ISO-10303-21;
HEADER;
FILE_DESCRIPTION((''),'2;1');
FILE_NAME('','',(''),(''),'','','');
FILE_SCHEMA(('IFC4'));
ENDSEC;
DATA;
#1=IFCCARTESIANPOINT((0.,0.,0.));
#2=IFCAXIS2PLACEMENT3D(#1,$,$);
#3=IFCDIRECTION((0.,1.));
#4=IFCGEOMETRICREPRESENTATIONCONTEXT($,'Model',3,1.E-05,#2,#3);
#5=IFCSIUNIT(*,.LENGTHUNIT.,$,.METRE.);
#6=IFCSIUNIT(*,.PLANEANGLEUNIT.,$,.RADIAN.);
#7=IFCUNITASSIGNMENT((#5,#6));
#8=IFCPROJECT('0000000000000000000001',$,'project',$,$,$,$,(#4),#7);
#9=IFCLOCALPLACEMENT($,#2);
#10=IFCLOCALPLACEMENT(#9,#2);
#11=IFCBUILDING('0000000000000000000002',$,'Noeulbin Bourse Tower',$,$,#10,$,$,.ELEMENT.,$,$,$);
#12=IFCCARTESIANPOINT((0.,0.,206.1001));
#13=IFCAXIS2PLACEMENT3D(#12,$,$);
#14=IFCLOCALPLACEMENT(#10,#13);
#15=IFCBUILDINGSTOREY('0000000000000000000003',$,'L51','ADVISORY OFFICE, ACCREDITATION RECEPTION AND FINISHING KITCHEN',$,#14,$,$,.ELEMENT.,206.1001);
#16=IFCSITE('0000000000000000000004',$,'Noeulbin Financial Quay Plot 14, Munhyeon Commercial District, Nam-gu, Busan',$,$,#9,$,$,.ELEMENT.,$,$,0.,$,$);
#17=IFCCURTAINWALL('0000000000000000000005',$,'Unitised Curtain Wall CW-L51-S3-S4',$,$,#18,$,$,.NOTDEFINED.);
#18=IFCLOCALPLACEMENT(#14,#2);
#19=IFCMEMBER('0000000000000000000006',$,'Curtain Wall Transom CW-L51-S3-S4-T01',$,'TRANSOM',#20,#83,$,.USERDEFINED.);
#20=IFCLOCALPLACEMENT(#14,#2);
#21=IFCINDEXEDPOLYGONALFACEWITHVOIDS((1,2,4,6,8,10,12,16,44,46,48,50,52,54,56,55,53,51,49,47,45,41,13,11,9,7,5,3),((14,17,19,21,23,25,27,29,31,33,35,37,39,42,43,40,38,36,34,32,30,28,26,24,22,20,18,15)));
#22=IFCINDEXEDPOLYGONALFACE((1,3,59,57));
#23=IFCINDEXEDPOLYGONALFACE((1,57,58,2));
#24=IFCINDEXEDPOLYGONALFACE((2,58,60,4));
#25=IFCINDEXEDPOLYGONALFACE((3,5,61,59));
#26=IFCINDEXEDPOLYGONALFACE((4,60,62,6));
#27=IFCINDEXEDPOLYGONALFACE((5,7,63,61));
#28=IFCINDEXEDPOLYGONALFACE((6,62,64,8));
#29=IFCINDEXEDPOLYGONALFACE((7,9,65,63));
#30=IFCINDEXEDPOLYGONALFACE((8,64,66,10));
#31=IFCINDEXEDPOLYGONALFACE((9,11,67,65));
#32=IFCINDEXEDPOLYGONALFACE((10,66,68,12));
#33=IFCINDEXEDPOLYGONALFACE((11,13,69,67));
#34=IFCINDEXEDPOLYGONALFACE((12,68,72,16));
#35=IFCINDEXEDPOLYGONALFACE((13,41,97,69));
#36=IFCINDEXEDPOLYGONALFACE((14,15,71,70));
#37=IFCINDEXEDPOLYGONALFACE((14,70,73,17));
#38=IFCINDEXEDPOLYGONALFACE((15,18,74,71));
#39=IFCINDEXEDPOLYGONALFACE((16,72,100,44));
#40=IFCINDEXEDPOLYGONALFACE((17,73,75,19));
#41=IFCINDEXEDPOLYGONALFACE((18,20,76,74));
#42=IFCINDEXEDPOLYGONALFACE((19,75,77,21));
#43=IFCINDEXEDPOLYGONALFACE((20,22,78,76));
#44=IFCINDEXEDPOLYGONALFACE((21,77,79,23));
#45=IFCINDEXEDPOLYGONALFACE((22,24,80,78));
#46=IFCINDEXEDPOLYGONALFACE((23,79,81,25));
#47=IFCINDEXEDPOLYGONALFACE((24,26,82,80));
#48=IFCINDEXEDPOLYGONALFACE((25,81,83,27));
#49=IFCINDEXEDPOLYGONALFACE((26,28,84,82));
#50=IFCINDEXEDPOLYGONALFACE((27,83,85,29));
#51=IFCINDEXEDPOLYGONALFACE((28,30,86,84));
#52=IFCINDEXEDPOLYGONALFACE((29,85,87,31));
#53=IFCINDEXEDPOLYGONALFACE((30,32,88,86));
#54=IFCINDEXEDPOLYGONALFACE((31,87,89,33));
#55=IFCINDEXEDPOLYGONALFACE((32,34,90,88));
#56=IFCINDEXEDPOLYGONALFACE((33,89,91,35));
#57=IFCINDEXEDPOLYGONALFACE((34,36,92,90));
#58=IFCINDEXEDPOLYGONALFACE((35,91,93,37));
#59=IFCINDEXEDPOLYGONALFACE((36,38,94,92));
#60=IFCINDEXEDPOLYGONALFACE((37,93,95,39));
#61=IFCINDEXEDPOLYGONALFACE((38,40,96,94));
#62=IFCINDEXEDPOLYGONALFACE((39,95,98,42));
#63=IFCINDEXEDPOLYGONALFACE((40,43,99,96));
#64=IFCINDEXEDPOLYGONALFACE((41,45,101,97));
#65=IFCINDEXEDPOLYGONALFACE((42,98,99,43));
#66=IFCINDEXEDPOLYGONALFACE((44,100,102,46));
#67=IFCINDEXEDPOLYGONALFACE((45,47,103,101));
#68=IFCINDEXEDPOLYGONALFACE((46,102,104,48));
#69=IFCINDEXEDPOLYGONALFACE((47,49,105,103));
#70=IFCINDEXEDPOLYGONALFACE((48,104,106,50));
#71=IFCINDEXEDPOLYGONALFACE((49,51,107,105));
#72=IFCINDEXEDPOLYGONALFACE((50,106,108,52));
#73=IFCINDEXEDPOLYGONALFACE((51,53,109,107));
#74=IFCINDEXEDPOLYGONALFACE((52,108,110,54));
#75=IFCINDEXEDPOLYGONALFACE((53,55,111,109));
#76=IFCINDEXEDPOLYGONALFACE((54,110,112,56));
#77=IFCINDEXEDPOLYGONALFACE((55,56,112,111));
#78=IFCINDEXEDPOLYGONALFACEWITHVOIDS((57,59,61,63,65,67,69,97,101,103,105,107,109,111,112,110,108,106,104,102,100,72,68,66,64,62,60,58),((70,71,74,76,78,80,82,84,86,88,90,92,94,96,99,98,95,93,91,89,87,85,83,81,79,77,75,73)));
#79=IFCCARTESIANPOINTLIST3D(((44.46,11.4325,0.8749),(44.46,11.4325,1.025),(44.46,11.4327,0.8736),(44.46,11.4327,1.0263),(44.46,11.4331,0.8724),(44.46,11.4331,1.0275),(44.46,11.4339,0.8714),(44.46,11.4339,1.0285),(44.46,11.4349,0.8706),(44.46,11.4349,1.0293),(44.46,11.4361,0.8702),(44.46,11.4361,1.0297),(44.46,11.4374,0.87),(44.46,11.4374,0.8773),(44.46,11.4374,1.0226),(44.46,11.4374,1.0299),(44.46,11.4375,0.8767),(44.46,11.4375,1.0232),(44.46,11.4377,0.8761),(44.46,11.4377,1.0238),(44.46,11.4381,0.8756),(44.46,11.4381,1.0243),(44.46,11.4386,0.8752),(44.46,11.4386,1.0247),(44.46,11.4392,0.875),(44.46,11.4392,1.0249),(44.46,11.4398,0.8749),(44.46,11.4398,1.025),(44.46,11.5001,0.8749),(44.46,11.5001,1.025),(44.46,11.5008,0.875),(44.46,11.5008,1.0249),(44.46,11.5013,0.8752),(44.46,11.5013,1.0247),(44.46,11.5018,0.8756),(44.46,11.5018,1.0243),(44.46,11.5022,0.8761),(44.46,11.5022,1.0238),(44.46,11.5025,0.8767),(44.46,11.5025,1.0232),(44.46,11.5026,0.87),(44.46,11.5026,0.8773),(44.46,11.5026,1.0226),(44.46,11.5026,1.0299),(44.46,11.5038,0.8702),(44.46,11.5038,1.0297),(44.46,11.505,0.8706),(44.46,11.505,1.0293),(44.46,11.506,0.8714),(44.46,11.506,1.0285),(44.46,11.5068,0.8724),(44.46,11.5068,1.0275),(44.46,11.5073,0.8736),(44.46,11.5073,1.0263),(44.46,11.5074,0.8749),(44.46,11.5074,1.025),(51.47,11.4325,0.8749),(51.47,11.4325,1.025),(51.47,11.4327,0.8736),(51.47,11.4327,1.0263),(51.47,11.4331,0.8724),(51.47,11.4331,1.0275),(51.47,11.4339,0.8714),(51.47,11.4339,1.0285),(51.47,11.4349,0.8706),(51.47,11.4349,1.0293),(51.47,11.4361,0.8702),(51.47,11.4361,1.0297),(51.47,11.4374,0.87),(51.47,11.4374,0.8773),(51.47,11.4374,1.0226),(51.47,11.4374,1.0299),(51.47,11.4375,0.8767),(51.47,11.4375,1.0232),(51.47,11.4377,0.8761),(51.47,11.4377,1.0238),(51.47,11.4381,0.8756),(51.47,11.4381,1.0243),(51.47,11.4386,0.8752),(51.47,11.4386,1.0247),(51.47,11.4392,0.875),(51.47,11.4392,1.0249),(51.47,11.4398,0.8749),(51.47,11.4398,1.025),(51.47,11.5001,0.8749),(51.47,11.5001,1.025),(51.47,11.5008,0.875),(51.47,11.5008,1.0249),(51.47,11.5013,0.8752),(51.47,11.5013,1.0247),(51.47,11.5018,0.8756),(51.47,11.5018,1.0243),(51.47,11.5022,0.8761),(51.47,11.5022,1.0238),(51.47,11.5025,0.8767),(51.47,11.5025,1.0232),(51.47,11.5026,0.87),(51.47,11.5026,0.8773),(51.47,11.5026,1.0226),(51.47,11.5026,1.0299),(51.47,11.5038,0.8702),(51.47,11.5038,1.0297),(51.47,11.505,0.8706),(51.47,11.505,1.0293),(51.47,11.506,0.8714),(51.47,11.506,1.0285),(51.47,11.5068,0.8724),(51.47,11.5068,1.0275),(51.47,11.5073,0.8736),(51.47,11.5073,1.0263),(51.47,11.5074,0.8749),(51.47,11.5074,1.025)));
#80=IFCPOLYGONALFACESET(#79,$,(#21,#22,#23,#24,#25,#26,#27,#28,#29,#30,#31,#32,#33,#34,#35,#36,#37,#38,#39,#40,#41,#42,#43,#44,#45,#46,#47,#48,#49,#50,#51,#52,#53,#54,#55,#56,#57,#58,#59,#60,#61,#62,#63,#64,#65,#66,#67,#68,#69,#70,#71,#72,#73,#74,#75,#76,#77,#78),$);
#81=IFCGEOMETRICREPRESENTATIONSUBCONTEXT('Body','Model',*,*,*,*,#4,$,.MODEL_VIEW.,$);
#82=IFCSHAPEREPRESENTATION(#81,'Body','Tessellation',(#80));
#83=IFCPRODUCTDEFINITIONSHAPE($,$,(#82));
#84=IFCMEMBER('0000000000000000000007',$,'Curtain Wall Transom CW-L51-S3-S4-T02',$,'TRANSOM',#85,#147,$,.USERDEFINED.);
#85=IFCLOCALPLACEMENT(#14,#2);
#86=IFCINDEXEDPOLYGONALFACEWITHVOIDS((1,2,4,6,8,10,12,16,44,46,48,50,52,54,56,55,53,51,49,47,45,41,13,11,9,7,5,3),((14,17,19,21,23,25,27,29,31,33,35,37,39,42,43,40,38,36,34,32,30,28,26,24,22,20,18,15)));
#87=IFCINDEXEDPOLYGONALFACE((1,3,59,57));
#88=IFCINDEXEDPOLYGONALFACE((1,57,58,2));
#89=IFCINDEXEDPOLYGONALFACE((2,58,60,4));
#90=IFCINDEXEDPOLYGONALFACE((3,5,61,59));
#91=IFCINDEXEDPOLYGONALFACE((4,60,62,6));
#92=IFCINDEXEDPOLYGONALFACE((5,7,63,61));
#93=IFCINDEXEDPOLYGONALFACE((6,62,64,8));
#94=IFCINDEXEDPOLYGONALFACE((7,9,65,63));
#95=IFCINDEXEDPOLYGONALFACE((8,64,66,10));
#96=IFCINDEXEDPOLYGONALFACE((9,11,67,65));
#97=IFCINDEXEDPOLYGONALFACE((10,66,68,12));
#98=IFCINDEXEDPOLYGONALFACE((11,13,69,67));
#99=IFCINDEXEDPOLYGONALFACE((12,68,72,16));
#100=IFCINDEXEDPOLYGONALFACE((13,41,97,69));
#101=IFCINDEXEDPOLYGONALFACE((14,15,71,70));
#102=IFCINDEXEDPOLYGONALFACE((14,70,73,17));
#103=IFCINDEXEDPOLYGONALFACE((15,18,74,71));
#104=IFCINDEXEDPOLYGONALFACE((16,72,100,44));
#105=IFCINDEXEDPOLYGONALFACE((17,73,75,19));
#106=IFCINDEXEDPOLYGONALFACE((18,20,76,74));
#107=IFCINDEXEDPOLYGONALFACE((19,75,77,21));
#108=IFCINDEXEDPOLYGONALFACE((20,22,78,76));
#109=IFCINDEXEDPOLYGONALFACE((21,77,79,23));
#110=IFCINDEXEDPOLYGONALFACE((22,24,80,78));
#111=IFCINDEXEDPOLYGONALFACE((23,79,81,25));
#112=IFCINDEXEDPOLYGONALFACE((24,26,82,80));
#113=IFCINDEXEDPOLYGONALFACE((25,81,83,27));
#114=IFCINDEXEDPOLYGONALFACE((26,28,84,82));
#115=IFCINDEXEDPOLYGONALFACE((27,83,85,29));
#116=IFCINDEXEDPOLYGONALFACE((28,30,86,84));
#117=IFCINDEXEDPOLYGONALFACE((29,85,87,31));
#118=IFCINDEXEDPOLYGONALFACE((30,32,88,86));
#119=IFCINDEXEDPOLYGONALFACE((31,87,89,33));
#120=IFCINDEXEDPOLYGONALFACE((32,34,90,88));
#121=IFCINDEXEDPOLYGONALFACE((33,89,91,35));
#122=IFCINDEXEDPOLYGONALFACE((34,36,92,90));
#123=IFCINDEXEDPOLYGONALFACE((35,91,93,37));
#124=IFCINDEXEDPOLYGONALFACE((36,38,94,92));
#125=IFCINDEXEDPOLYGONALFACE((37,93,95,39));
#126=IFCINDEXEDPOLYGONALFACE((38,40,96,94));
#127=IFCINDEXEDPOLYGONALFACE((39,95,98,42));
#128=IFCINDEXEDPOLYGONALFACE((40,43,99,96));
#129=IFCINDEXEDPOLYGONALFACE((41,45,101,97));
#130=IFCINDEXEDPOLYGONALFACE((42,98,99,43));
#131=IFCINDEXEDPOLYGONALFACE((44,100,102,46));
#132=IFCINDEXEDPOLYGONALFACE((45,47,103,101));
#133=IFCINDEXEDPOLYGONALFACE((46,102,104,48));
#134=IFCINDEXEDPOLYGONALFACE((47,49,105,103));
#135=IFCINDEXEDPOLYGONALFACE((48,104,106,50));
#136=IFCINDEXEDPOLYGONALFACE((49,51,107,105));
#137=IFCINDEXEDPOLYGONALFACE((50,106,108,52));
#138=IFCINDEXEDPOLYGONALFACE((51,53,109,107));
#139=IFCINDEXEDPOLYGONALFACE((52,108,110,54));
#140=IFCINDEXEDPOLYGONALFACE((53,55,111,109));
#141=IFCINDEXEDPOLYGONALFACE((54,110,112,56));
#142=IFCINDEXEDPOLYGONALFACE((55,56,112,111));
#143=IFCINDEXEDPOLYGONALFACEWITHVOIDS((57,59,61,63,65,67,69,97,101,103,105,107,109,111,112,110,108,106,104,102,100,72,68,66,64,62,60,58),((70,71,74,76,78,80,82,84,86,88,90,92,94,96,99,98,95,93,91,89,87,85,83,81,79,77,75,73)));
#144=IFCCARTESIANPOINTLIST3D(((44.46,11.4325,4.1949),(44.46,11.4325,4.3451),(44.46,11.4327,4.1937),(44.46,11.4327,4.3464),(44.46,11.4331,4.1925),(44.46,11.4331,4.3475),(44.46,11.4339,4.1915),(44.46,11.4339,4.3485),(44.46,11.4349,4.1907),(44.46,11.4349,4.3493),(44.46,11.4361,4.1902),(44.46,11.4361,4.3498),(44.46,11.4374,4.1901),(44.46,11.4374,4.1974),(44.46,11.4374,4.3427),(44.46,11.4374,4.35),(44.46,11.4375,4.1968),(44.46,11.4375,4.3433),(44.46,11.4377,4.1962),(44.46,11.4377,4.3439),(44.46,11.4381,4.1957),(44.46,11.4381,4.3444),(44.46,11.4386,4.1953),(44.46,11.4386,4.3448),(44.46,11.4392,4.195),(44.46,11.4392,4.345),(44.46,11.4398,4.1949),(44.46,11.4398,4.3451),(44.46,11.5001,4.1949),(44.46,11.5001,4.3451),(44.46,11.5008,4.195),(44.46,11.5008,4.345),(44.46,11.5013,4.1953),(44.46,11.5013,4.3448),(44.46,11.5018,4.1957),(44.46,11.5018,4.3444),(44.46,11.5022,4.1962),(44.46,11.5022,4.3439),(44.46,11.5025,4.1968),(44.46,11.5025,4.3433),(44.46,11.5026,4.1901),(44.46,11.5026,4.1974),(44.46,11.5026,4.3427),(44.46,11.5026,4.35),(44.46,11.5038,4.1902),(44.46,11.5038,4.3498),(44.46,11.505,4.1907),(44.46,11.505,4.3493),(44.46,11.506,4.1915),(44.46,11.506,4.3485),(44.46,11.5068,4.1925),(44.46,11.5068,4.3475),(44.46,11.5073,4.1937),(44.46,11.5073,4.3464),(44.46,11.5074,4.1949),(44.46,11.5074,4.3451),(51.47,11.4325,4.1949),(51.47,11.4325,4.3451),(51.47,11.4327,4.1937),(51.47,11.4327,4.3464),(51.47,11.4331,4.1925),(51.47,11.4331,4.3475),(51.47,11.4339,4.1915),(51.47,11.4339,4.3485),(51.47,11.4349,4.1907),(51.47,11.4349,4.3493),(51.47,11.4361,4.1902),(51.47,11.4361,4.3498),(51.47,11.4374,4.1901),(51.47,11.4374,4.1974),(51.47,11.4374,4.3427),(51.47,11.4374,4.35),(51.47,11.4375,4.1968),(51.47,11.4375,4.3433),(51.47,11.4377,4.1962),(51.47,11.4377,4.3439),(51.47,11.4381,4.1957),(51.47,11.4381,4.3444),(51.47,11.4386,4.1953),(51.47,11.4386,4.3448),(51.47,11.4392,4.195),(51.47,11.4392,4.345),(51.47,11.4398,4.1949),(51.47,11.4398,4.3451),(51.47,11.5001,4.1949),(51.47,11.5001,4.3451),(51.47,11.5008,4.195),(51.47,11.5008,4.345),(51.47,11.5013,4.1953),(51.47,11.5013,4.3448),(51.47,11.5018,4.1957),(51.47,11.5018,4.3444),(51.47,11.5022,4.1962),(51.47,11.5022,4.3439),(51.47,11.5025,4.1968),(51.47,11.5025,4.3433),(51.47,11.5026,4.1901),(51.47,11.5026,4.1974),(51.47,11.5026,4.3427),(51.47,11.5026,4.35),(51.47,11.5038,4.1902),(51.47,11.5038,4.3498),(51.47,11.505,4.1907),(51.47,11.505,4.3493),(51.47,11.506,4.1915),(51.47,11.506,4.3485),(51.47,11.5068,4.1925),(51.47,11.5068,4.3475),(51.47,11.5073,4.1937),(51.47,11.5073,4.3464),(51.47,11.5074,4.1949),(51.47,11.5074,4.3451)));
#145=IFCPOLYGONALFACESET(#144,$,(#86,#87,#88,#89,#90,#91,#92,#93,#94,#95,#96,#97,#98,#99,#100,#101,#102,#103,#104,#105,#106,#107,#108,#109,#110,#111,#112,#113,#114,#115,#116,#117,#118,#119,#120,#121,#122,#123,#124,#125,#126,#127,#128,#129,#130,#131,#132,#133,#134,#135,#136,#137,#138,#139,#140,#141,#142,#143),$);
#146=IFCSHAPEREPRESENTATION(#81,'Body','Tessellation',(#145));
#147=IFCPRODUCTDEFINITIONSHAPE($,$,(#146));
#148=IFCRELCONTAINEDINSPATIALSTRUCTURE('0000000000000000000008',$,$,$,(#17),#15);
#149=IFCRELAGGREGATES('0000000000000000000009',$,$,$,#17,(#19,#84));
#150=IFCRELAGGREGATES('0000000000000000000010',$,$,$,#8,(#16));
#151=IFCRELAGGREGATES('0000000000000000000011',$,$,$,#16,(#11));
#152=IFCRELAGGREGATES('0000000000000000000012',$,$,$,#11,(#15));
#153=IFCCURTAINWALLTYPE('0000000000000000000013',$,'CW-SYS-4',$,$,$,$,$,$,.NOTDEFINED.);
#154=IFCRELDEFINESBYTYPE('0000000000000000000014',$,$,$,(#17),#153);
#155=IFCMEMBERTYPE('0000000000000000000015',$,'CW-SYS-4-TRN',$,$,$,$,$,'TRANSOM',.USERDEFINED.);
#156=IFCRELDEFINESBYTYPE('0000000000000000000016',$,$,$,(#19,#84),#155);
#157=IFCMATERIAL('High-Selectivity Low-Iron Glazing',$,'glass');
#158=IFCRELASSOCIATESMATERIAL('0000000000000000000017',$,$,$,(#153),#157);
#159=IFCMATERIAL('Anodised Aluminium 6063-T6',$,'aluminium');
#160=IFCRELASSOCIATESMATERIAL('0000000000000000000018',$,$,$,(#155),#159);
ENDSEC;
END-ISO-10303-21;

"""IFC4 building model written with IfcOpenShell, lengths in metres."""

from ifc_helpers import new_model, si_unit, direction, frame, origin, origin_2d, place, context, subcontext, project, spatial, hollow_rectangle, extrude, material, material_profile, profile_set, type_object, element, aggregate, save


model = new_model("IFC4")

# Units and contexts
model_context = context("Model", 3, precision=1e-05, world=origin(), true_north=direction((0.0, 1.0)))
body_context = subcontext(model_context, "Body", "Model", "MODEL_VIEW")
ifc_project = project(units=[si_unit("LENGTHUNIT", "METRE"), si_unit("PLANEANGLEUNIT", "RADIAN")], contexts=[model_context])

# Site, building, storey
site_placement = place(None, origin())
site = spatial("IfcSite", under=ifc_project, at=site_placement, Name="Noeulbin Financial Quay Plot 14, Munhyeon Commercial District, Nam-gu, Busan", CompositionType="ELEMENT", RefElevation=0.0)
building_placement = place(site_placement, origin())
building = spatial("IfcBuilding", under=site, at=building_placement, Name="Noeulbin Bourse Tower", CompositionType="ELEMENT")
storey_placement = place(building_placement, frame((0.0, 0.0, 206.1001)))
storey = spatial("IfcBuildingStorey", under=building, at=storey_placement, Name="L51", Description="ADVISORY OFFICE, ACCREDITATION RECEPTION AND FINISHING KITCHEN", CompositionType="ELEMENT", Elevation=206.1001)

# Curtain wall
ifc_material_1 = material(Name="High-Selectivity Low-Iron Glazing", Category="glass")
curtain_wall_type = type_object("IfcCurtainWallType", Name="CW-SYS-4", PredefinedType="NOTDEFINED", material=ifc_material_1)
curtain_wall_1_placement = place(storey_placement, origin())
curtain_wall_1 = element("IfcCurtainWall", 1, at=curtain_wall_1_placement, inside=storey, type_object=curtain_wall_type, Name="Unitised Curtain Wall CW-L51-S3-S4", PredefinedType="NOTDEFINED")
ifc_material_2 = material(Name="Anodised Aluminium 6063-T6", Category="aluminium")

# Members
ifc_material_profile_1 = material_profile(ifc_material_2, hollow_rectangle(XDim=0.075, YDim=0.1599, WallThickness=0.0049, InnerFilletRadius=0.0024, OuterFilletRadius=0.0049, at=origin_2d()), Name="ALU-TRAN-75x160x5", Category="LoadBearing")
ifc_profile_set_1 = profile_set([ifc_material_profile_1], Name="Anodised Aluminium 6063-T6")
member_type_1 = type_object("IfcMemberType", Name="CW-SYS-4-TRN", ElementType="TRANSOM", PredefinedType="USERDEFINED", material=ifc_profile_set_1)
member_1_placement = place(storey_placement, frame((44.46, 11.47, 0.95), z_axis=(1.0, 0.0, 0.0), x_axis=(0.0, 1.0, 0.0)))
member_1 = element("IfcMember", 2, at=member_1_placement, type_object=member_type_1, Name="Curtain Wall Transom CW-L51-S3-S4-T01", ObjectType="TRANSOM", PredefinedType="USERDEFINED", context=body_context, shape_type="SweptSolid", body=[
    extrude(hollow_rectangle(XDim=0.075, YDim=0.1599, WallThickness=0.0049, InnerFilletRadius=0.0024, OuterFilletRadius=0.0049, at=origin_2d()), origin(), (0.0, 0.0, 1.0), 7.01),
])
member_2_placement = place(storey_placement, frame((44.46, 11.47, 4.27), z_axis=(1.0, 0.0, 0.0), x_axis=(0.0, 1.0, 0.0)))
member_2 = element("IfcMember", 3, at=member_2_placement, type_object=member_type_1, Name="Curtain Wall Transom CW-L51-S3-S4-T02", ObjectType="TRANSOM", PredefinedType="USERDEFINED", context=body_context, shape_type="SweptSolid", body=[
    extrude(hollow_rectangle(XDim=0.075, YDim=0.1599, WallThickness=0.0049, InnerFilletRadius=0.0024, OuterFilletRadius=0.0049, at=origin_2d()), origin(), (0.0, 0.0, 1.0), 7.01),
])

aggregate(curtain_wall_1, [member_1, member_2])

save(model, "model.ifc")
